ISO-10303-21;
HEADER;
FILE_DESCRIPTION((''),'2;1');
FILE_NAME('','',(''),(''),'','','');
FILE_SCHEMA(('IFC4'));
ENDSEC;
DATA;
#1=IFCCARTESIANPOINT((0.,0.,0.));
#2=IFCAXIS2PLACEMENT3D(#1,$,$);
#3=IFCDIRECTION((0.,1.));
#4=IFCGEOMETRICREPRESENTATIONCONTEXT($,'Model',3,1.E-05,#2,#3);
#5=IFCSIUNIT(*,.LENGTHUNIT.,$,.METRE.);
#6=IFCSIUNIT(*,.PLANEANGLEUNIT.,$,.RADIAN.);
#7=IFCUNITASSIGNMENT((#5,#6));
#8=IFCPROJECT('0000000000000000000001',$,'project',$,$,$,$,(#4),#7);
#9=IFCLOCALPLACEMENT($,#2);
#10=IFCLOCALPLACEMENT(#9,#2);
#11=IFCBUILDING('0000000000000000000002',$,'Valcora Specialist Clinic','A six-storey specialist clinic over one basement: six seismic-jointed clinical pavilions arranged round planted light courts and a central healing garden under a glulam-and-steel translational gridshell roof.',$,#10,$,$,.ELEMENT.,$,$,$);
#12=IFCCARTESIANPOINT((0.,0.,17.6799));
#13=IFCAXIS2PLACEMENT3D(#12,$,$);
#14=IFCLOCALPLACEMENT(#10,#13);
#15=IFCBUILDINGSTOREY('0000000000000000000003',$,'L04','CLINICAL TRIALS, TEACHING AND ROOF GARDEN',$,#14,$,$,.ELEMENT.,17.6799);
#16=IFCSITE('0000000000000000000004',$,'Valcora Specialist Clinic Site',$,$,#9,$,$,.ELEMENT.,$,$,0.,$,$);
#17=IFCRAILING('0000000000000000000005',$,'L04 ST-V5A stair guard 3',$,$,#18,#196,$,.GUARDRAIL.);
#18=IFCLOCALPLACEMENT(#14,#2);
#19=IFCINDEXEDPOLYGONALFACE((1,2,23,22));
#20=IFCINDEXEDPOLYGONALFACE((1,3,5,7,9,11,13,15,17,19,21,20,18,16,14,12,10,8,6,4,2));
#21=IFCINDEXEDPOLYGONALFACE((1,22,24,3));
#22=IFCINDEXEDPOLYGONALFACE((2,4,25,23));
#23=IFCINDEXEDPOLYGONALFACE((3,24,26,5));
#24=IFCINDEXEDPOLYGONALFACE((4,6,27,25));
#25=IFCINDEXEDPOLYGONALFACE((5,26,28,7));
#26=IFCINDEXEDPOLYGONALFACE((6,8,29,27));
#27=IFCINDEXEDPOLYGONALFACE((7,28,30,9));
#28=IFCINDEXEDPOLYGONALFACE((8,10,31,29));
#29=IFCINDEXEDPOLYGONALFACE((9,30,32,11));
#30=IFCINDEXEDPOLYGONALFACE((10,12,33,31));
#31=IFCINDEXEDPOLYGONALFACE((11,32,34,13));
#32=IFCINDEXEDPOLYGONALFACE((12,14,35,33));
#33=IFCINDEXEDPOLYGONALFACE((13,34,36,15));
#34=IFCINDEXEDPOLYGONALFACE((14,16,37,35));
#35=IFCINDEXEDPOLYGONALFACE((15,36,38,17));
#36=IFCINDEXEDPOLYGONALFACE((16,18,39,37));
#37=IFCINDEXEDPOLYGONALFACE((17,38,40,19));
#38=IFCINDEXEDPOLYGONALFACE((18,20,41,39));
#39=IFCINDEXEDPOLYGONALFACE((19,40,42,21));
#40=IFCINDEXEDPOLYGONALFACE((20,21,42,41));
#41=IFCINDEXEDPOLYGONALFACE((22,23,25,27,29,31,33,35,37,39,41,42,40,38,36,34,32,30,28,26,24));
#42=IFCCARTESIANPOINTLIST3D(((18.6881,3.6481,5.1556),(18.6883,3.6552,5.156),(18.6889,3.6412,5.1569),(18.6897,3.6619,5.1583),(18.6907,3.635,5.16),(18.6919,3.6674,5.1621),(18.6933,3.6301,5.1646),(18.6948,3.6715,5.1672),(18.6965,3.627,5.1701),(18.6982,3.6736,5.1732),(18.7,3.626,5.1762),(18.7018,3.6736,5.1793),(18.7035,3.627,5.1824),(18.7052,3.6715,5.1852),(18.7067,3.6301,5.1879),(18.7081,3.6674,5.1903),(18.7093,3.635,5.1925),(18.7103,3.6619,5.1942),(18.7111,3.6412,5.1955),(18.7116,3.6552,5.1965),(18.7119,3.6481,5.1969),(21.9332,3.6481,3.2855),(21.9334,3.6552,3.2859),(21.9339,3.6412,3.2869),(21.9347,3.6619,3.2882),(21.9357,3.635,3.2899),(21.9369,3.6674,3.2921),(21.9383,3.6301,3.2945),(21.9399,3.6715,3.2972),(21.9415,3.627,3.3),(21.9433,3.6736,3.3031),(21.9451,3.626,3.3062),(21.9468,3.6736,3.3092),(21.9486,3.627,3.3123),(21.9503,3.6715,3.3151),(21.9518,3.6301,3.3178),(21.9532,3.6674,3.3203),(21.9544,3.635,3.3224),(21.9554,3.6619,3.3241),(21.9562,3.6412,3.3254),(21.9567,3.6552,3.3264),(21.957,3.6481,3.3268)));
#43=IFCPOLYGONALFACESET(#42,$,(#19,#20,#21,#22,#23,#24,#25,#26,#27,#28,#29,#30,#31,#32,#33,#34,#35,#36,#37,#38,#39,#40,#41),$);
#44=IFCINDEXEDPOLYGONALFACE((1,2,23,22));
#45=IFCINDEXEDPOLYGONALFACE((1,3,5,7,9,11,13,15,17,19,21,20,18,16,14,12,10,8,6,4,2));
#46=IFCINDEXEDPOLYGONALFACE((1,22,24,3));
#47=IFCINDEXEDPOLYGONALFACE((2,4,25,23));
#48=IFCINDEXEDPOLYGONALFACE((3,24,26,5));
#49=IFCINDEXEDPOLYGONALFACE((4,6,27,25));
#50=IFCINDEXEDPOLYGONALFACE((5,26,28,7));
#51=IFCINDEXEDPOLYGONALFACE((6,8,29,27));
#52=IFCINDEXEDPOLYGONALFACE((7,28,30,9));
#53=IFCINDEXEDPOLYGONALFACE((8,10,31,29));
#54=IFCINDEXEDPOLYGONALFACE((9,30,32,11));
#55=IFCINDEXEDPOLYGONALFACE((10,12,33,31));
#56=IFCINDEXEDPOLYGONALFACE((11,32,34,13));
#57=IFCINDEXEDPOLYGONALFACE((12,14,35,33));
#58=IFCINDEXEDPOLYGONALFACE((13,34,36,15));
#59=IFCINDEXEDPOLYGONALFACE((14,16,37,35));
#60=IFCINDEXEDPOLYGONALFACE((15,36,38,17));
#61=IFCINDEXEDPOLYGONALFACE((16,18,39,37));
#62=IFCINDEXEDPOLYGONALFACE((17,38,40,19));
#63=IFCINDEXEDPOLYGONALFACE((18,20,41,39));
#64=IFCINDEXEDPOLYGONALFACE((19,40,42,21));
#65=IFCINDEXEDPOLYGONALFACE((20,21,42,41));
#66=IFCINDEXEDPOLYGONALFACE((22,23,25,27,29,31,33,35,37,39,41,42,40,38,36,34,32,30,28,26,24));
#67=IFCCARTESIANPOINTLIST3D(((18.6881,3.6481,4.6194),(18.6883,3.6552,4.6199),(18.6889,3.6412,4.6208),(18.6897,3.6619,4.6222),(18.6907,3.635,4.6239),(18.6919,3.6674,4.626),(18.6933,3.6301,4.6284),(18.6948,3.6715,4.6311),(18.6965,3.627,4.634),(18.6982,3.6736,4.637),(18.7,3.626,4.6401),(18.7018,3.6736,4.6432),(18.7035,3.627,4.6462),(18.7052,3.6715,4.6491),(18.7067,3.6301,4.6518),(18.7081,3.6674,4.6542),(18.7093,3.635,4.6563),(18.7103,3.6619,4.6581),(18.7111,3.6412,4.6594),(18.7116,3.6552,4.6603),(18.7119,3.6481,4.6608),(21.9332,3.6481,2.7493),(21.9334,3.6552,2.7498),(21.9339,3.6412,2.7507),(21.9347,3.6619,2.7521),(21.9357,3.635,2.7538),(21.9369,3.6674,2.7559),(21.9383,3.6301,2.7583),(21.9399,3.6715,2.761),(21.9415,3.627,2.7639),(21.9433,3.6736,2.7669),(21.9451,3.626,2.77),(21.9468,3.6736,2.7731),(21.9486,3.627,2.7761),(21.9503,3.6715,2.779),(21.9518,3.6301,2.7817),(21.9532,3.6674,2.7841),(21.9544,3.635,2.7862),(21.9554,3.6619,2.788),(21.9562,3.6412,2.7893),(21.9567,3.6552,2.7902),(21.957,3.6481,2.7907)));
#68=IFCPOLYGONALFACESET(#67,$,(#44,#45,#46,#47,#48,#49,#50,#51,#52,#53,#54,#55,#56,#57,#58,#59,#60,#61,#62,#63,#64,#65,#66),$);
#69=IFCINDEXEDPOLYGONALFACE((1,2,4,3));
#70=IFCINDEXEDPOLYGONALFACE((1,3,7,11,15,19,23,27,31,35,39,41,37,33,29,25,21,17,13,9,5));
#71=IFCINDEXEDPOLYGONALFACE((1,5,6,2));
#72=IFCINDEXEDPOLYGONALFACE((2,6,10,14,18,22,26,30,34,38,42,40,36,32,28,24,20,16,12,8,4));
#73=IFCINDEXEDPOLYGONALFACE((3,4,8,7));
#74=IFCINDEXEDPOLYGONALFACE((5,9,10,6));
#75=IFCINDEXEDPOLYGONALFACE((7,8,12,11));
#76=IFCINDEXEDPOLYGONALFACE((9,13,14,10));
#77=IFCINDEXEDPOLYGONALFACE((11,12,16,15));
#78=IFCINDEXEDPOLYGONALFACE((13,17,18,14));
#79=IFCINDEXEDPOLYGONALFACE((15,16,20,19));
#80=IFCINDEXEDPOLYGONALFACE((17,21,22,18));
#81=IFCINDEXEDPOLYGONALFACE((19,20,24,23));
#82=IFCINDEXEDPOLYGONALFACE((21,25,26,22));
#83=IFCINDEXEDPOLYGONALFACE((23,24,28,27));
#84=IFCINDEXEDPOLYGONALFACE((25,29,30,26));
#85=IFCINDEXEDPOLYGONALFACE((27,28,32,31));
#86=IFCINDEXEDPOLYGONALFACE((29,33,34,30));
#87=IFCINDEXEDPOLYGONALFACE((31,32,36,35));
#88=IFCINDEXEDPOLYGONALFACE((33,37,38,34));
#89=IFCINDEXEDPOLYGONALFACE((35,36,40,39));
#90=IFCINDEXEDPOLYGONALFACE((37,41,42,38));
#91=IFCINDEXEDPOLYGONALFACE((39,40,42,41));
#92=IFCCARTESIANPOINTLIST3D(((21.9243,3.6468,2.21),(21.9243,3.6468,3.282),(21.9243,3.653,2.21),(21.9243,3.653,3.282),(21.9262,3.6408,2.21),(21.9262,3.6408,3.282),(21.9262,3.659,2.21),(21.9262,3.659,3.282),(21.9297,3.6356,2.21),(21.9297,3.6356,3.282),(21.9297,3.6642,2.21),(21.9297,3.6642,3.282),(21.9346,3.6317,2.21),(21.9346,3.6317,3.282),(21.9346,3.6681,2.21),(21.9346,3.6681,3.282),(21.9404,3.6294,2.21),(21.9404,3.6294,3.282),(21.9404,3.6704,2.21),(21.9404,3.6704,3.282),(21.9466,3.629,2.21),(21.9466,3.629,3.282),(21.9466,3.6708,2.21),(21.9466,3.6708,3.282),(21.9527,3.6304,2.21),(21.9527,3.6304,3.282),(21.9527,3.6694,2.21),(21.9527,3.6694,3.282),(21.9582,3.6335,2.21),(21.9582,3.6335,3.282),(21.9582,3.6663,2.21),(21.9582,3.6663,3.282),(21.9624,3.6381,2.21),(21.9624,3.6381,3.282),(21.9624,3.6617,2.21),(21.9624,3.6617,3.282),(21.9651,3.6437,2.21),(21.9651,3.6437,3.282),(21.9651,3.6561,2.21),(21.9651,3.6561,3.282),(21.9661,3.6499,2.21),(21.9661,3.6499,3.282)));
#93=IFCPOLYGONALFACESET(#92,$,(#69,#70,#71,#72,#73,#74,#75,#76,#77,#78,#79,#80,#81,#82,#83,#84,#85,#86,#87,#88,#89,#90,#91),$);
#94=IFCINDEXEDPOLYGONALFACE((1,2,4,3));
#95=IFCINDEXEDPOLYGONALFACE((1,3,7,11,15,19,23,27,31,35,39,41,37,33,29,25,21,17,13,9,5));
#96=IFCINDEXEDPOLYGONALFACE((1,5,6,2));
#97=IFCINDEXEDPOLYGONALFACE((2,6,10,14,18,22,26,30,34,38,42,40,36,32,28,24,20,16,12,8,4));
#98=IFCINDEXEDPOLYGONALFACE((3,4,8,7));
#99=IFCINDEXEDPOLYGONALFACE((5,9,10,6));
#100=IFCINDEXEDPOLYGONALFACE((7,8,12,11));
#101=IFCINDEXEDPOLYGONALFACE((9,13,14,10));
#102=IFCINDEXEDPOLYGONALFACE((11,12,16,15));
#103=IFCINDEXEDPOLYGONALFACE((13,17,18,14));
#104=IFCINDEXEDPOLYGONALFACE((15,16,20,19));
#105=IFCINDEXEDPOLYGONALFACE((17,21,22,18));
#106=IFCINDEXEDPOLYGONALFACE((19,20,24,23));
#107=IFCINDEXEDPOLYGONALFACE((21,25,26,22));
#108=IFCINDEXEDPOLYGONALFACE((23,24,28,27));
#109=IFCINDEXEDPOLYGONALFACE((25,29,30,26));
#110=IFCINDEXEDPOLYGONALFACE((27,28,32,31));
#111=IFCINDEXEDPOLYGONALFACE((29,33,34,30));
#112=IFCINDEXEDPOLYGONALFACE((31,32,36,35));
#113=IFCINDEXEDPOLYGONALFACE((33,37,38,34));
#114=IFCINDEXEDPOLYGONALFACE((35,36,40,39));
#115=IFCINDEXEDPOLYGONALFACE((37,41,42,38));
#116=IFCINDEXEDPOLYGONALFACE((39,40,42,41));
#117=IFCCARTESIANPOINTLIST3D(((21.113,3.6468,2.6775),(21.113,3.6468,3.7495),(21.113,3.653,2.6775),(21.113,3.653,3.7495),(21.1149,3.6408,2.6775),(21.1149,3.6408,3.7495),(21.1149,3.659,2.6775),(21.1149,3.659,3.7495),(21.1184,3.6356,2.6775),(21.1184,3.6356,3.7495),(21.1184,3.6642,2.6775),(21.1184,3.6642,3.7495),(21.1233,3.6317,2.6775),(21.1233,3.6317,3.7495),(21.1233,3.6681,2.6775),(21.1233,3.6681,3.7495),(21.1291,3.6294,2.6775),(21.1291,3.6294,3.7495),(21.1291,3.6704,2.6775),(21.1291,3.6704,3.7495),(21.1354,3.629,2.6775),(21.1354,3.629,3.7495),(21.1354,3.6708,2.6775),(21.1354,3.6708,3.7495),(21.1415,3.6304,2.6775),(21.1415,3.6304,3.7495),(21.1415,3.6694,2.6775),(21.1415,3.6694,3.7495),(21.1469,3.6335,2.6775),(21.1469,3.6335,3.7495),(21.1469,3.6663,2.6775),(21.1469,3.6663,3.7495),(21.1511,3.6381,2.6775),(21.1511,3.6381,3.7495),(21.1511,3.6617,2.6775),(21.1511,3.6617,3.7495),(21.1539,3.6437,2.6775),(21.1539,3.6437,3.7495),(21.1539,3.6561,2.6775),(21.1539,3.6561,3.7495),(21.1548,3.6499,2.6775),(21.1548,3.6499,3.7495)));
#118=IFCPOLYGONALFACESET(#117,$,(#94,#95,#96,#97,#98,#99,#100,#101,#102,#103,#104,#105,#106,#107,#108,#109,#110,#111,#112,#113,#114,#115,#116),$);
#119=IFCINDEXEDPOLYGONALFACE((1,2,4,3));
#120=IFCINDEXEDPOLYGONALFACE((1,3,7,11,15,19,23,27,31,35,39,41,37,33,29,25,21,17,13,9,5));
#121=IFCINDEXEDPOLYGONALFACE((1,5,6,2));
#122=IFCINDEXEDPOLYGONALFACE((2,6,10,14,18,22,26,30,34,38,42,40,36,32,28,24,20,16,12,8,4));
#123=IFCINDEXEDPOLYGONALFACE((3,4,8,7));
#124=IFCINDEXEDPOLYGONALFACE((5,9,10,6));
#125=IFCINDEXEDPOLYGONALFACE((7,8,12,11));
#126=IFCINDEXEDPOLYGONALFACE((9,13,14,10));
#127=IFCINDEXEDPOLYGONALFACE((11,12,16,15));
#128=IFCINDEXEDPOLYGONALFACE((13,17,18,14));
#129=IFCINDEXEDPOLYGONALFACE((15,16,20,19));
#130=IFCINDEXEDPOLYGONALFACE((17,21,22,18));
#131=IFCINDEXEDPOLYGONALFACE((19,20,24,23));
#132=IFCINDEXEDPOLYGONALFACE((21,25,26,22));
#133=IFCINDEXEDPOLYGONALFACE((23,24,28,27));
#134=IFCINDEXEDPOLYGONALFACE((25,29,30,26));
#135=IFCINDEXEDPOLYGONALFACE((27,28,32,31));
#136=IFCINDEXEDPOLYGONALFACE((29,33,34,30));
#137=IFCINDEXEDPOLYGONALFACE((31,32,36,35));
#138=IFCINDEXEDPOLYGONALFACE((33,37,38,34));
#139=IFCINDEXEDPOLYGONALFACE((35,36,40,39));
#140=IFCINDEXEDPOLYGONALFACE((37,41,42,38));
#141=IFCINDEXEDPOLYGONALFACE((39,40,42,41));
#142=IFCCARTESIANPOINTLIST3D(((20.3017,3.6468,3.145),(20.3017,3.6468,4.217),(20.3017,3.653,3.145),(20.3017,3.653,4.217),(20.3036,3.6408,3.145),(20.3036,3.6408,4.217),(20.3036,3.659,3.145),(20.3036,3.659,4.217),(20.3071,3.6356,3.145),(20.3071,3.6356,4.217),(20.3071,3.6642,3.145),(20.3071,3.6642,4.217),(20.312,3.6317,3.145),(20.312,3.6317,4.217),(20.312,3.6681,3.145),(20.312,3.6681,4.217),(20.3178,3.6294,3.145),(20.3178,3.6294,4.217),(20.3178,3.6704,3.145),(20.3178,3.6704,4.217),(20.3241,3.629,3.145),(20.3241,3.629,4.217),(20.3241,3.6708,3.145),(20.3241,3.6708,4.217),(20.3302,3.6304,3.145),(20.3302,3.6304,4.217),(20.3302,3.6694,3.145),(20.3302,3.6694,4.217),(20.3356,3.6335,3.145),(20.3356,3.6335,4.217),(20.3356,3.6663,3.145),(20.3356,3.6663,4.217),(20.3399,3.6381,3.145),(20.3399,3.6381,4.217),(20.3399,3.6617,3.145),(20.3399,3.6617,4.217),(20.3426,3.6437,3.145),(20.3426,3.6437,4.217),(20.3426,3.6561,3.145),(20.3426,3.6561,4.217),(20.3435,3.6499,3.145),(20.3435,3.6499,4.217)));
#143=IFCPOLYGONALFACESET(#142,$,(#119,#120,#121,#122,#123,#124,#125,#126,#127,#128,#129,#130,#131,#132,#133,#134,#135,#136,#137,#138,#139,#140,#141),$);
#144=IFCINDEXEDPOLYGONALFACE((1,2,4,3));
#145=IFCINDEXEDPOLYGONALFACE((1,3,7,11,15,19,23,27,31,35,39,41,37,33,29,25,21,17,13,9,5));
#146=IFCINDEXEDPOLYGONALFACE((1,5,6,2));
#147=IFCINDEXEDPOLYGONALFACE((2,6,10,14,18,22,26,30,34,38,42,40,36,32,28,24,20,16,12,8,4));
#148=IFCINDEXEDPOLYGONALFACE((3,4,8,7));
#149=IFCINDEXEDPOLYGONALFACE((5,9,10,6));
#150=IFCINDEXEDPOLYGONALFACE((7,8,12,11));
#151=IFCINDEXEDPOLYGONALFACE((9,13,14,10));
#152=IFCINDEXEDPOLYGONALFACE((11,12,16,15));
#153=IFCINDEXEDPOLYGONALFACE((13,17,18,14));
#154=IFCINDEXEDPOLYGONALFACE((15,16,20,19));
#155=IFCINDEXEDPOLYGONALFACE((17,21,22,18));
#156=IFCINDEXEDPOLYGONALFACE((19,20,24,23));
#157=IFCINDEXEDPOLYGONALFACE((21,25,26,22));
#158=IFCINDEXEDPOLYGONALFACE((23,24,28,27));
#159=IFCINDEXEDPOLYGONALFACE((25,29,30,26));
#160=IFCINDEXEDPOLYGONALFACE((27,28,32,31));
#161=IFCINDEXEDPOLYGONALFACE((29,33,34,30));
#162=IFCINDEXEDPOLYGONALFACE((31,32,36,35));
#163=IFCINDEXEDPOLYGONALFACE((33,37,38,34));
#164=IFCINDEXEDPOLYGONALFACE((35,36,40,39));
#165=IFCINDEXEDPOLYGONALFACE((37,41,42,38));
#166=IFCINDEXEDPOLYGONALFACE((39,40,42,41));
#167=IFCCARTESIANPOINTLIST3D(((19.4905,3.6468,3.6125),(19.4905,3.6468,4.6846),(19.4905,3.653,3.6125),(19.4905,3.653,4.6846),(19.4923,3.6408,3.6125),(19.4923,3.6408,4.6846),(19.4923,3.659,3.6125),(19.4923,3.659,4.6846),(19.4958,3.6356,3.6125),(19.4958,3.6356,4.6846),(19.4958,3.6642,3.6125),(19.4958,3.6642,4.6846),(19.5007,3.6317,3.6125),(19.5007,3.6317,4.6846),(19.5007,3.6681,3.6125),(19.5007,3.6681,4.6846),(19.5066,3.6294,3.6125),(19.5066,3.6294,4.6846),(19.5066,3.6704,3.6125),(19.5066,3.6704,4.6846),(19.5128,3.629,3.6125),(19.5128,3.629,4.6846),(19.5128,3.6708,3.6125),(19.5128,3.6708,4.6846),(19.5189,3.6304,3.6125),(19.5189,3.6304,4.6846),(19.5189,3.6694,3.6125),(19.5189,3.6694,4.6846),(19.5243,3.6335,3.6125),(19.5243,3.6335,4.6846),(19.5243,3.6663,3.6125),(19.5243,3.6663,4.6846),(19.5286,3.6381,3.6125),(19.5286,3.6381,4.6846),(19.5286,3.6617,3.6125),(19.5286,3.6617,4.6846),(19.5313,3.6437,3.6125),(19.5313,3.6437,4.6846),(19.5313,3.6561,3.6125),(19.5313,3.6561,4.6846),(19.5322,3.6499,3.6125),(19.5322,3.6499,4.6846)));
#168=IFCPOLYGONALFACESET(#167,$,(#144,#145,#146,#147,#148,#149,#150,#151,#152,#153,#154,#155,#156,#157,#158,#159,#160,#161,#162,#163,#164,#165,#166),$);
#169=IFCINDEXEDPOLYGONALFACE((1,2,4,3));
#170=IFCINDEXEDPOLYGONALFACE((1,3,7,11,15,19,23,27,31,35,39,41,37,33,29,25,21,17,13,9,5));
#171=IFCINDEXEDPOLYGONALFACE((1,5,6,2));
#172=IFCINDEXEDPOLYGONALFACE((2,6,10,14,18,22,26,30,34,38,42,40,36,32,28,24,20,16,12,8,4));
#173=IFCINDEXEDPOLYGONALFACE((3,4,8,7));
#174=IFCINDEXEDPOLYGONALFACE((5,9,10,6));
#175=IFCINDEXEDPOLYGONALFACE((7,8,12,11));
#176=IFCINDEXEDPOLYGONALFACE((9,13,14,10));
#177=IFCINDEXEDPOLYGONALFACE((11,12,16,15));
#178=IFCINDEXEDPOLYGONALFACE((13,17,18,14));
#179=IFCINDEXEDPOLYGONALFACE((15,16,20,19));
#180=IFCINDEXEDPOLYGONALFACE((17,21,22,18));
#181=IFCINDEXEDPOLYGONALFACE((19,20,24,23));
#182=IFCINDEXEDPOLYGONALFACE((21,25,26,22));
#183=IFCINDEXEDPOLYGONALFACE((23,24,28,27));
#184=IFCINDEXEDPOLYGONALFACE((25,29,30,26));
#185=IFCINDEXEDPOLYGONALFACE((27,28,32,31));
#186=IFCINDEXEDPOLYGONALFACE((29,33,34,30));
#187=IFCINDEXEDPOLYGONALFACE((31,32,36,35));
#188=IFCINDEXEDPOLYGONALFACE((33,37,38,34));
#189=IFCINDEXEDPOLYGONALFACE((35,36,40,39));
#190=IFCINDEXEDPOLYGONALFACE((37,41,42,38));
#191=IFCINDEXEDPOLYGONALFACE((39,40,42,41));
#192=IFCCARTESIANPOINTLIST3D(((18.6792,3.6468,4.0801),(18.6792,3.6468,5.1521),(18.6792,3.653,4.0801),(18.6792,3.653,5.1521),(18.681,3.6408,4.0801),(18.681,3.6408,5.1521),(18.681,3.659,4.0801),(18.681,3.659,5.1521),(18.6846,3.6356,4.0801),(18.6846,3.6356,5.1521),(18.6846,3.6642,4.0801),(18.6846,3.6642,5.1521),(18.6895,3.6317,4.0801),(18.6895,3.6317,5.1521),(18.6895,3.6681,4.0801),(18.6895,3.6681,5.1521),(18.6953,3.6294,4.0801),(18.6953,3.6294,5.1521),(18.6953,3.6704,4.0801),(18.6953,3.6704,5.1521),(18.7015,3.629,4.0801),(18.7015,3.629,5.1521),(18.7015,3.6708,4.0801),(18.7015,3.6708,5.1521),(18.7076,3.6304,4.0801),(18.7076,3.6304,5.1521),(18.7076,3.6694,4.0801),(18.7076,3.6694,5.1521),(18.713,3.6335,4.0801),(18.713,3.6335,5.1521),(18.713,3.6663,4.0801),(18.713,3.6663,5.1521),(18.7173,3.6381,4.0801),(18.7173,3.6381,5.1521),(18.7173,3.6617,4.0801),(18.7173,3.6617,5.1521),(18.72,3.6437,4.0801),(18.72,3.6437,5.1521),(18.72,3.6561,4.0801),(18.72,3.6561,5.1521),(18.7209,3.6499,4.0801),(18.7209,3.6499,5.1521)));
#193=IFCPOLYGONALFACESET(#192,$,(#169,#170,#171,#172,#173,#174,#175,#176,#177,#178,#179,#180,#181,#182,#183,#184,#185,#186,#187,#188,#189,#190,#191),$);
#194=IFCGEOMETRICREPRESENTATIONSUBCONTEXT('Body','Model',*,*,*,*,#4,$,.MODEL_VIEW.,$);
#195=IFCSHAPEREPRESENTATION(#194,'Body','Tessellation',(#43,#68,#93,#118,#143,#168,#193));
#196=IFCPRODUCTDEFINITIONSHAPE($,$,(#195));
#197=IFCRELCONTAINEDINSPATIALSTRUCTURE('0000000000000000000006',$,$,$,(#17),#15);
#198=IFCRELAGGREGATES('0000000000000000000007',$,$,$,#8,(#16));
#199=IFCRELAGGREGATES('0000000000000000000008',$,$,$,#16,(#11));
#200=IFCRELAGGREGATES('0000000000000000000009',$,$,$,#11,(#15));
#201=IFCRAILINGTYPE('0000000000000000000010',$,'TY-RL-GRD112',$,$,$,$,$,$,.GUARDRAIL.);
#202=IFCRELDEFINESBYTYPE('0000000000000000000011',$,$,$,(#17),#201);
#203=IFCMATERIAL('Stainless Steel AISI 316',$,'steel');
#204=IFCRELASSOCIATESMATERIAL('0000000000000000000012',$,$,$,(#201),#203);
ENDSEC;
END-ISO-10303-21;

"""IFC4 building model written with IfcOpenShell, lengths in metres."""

from ifc_helpers import new_model, si_unit, direction, frame, origin, origin_2d, place, context, subcontext, project, spatial, circle, extrude, material, type_object, element, save


model = new_model("IFC4")

# Units and contexts
model_context = context("Model", 3, precision=1e-05, world=origin(), true_north=direction((0.0, 1.0)))
body_context = subcontext(model_context, "Body", "Model", "MODEL_VIEW")
ifc_project = project(units=[si_unit("LENGTHUNIT", "METRE"), si_unit("PLANEANGLEUNIT", "RADIAN")], contexts=[model_context])

# Site, building, storey
site_placement = place(None, origin())
site = spatial("IfcSite", under=ifc_project, at=site_placement, Name="Valcora Specialist Clinic Site", CompositionType="ELEMENT", RefElevation=0.0)
building_placement = place(site_placement, origin())
building = spatial("IfcBuilding", under=site, at=building_placement, Name="Valcora Specialist Clinic", Description="A six-storey specialist clinic over one basement: six seismic-jointed clinical pavilions arranged round planted light courts and a central healing garden under a glulam-and-steel translational gridshell roof.", CompositionType="ELEMENT")
storey_placement = place(building_placement, frame((0.0, 0.0, 17.6799)))
storey = spatial("IfcBuildingStorey", under=building, at=storey_placement, Name="L04", Description="CLINICAL TRIALS, TEACHING AND ROOF GARDEN", CompositionType="ELEMENT", Elevation=17.6799)

# Railing
ifc_material_1 = material(Name="Stainless Steel AISI 316", Category="steel")
railing_type_1 = type_object("IfcRailingType", Name="TY-RL-GRD112", PredefinedType="GUARDRAIL", material=ifc_material_1)
railing_1_placement = place(storey_placement, frame((21.9451, 3.6499, 2.21)))
element("IfcRailing", 1, at=railing_1_placement, inside=storey, type_object=railing_type_1, Name="L04 ST-V5A stair guard 3", PredefinedType="GUARDRAIL", context=body_context, shape_type="SweptSolid", body=[
    extrude(circle(Radius=0.0239, at=origin_2d()), frame((0.0, 0.0, 1.0962), z_axis=(-0.866424, 0.0, 0.499309), x_axis=(0.0, -1.0, 0.0)), (0.0, 0.0, 1.0), 3.7454),
    extrude(circle(Radius=0.0239, at=origin_2d()), frame((0.0, 0.0, 0.5601), z_axis=(-0.866424, 0.0, 0.499309), x_axis=(0.0, -1.0, 0.0)), (0.0, 0.0, 1.0), 3.7454),
    extrude(circle(Radius=0.021, at=origin_2d()), origin(), (0.0, 0.0, 1.0), 1.072),
    extrude(circle(Radius=0.021, at=origin_2d()), frame((-0.8113, 0.0, 0.4675)), (0.0, 0.0, 1.0), 1.072),
    extrude(circle(Radius=0.021, at=origin_2d()), frame((-1.6226, 0.0, 0.9351)), (0.0, 0.0, 1.0), 1.072),
    extrude(circle(Radius=0.021, at=origin_2d()), frame((-2.4338, 0.0, 1.4026)), (0.0, 0.0, 1.0), 1.072),
    extrude(circle(Radius=0.021, at=origin_2d()), frame((-3.2451, 0.0, 1.8701)), (0.0, 0.0, 1.0), 1.072),
])

save(model, "model.ifc")
